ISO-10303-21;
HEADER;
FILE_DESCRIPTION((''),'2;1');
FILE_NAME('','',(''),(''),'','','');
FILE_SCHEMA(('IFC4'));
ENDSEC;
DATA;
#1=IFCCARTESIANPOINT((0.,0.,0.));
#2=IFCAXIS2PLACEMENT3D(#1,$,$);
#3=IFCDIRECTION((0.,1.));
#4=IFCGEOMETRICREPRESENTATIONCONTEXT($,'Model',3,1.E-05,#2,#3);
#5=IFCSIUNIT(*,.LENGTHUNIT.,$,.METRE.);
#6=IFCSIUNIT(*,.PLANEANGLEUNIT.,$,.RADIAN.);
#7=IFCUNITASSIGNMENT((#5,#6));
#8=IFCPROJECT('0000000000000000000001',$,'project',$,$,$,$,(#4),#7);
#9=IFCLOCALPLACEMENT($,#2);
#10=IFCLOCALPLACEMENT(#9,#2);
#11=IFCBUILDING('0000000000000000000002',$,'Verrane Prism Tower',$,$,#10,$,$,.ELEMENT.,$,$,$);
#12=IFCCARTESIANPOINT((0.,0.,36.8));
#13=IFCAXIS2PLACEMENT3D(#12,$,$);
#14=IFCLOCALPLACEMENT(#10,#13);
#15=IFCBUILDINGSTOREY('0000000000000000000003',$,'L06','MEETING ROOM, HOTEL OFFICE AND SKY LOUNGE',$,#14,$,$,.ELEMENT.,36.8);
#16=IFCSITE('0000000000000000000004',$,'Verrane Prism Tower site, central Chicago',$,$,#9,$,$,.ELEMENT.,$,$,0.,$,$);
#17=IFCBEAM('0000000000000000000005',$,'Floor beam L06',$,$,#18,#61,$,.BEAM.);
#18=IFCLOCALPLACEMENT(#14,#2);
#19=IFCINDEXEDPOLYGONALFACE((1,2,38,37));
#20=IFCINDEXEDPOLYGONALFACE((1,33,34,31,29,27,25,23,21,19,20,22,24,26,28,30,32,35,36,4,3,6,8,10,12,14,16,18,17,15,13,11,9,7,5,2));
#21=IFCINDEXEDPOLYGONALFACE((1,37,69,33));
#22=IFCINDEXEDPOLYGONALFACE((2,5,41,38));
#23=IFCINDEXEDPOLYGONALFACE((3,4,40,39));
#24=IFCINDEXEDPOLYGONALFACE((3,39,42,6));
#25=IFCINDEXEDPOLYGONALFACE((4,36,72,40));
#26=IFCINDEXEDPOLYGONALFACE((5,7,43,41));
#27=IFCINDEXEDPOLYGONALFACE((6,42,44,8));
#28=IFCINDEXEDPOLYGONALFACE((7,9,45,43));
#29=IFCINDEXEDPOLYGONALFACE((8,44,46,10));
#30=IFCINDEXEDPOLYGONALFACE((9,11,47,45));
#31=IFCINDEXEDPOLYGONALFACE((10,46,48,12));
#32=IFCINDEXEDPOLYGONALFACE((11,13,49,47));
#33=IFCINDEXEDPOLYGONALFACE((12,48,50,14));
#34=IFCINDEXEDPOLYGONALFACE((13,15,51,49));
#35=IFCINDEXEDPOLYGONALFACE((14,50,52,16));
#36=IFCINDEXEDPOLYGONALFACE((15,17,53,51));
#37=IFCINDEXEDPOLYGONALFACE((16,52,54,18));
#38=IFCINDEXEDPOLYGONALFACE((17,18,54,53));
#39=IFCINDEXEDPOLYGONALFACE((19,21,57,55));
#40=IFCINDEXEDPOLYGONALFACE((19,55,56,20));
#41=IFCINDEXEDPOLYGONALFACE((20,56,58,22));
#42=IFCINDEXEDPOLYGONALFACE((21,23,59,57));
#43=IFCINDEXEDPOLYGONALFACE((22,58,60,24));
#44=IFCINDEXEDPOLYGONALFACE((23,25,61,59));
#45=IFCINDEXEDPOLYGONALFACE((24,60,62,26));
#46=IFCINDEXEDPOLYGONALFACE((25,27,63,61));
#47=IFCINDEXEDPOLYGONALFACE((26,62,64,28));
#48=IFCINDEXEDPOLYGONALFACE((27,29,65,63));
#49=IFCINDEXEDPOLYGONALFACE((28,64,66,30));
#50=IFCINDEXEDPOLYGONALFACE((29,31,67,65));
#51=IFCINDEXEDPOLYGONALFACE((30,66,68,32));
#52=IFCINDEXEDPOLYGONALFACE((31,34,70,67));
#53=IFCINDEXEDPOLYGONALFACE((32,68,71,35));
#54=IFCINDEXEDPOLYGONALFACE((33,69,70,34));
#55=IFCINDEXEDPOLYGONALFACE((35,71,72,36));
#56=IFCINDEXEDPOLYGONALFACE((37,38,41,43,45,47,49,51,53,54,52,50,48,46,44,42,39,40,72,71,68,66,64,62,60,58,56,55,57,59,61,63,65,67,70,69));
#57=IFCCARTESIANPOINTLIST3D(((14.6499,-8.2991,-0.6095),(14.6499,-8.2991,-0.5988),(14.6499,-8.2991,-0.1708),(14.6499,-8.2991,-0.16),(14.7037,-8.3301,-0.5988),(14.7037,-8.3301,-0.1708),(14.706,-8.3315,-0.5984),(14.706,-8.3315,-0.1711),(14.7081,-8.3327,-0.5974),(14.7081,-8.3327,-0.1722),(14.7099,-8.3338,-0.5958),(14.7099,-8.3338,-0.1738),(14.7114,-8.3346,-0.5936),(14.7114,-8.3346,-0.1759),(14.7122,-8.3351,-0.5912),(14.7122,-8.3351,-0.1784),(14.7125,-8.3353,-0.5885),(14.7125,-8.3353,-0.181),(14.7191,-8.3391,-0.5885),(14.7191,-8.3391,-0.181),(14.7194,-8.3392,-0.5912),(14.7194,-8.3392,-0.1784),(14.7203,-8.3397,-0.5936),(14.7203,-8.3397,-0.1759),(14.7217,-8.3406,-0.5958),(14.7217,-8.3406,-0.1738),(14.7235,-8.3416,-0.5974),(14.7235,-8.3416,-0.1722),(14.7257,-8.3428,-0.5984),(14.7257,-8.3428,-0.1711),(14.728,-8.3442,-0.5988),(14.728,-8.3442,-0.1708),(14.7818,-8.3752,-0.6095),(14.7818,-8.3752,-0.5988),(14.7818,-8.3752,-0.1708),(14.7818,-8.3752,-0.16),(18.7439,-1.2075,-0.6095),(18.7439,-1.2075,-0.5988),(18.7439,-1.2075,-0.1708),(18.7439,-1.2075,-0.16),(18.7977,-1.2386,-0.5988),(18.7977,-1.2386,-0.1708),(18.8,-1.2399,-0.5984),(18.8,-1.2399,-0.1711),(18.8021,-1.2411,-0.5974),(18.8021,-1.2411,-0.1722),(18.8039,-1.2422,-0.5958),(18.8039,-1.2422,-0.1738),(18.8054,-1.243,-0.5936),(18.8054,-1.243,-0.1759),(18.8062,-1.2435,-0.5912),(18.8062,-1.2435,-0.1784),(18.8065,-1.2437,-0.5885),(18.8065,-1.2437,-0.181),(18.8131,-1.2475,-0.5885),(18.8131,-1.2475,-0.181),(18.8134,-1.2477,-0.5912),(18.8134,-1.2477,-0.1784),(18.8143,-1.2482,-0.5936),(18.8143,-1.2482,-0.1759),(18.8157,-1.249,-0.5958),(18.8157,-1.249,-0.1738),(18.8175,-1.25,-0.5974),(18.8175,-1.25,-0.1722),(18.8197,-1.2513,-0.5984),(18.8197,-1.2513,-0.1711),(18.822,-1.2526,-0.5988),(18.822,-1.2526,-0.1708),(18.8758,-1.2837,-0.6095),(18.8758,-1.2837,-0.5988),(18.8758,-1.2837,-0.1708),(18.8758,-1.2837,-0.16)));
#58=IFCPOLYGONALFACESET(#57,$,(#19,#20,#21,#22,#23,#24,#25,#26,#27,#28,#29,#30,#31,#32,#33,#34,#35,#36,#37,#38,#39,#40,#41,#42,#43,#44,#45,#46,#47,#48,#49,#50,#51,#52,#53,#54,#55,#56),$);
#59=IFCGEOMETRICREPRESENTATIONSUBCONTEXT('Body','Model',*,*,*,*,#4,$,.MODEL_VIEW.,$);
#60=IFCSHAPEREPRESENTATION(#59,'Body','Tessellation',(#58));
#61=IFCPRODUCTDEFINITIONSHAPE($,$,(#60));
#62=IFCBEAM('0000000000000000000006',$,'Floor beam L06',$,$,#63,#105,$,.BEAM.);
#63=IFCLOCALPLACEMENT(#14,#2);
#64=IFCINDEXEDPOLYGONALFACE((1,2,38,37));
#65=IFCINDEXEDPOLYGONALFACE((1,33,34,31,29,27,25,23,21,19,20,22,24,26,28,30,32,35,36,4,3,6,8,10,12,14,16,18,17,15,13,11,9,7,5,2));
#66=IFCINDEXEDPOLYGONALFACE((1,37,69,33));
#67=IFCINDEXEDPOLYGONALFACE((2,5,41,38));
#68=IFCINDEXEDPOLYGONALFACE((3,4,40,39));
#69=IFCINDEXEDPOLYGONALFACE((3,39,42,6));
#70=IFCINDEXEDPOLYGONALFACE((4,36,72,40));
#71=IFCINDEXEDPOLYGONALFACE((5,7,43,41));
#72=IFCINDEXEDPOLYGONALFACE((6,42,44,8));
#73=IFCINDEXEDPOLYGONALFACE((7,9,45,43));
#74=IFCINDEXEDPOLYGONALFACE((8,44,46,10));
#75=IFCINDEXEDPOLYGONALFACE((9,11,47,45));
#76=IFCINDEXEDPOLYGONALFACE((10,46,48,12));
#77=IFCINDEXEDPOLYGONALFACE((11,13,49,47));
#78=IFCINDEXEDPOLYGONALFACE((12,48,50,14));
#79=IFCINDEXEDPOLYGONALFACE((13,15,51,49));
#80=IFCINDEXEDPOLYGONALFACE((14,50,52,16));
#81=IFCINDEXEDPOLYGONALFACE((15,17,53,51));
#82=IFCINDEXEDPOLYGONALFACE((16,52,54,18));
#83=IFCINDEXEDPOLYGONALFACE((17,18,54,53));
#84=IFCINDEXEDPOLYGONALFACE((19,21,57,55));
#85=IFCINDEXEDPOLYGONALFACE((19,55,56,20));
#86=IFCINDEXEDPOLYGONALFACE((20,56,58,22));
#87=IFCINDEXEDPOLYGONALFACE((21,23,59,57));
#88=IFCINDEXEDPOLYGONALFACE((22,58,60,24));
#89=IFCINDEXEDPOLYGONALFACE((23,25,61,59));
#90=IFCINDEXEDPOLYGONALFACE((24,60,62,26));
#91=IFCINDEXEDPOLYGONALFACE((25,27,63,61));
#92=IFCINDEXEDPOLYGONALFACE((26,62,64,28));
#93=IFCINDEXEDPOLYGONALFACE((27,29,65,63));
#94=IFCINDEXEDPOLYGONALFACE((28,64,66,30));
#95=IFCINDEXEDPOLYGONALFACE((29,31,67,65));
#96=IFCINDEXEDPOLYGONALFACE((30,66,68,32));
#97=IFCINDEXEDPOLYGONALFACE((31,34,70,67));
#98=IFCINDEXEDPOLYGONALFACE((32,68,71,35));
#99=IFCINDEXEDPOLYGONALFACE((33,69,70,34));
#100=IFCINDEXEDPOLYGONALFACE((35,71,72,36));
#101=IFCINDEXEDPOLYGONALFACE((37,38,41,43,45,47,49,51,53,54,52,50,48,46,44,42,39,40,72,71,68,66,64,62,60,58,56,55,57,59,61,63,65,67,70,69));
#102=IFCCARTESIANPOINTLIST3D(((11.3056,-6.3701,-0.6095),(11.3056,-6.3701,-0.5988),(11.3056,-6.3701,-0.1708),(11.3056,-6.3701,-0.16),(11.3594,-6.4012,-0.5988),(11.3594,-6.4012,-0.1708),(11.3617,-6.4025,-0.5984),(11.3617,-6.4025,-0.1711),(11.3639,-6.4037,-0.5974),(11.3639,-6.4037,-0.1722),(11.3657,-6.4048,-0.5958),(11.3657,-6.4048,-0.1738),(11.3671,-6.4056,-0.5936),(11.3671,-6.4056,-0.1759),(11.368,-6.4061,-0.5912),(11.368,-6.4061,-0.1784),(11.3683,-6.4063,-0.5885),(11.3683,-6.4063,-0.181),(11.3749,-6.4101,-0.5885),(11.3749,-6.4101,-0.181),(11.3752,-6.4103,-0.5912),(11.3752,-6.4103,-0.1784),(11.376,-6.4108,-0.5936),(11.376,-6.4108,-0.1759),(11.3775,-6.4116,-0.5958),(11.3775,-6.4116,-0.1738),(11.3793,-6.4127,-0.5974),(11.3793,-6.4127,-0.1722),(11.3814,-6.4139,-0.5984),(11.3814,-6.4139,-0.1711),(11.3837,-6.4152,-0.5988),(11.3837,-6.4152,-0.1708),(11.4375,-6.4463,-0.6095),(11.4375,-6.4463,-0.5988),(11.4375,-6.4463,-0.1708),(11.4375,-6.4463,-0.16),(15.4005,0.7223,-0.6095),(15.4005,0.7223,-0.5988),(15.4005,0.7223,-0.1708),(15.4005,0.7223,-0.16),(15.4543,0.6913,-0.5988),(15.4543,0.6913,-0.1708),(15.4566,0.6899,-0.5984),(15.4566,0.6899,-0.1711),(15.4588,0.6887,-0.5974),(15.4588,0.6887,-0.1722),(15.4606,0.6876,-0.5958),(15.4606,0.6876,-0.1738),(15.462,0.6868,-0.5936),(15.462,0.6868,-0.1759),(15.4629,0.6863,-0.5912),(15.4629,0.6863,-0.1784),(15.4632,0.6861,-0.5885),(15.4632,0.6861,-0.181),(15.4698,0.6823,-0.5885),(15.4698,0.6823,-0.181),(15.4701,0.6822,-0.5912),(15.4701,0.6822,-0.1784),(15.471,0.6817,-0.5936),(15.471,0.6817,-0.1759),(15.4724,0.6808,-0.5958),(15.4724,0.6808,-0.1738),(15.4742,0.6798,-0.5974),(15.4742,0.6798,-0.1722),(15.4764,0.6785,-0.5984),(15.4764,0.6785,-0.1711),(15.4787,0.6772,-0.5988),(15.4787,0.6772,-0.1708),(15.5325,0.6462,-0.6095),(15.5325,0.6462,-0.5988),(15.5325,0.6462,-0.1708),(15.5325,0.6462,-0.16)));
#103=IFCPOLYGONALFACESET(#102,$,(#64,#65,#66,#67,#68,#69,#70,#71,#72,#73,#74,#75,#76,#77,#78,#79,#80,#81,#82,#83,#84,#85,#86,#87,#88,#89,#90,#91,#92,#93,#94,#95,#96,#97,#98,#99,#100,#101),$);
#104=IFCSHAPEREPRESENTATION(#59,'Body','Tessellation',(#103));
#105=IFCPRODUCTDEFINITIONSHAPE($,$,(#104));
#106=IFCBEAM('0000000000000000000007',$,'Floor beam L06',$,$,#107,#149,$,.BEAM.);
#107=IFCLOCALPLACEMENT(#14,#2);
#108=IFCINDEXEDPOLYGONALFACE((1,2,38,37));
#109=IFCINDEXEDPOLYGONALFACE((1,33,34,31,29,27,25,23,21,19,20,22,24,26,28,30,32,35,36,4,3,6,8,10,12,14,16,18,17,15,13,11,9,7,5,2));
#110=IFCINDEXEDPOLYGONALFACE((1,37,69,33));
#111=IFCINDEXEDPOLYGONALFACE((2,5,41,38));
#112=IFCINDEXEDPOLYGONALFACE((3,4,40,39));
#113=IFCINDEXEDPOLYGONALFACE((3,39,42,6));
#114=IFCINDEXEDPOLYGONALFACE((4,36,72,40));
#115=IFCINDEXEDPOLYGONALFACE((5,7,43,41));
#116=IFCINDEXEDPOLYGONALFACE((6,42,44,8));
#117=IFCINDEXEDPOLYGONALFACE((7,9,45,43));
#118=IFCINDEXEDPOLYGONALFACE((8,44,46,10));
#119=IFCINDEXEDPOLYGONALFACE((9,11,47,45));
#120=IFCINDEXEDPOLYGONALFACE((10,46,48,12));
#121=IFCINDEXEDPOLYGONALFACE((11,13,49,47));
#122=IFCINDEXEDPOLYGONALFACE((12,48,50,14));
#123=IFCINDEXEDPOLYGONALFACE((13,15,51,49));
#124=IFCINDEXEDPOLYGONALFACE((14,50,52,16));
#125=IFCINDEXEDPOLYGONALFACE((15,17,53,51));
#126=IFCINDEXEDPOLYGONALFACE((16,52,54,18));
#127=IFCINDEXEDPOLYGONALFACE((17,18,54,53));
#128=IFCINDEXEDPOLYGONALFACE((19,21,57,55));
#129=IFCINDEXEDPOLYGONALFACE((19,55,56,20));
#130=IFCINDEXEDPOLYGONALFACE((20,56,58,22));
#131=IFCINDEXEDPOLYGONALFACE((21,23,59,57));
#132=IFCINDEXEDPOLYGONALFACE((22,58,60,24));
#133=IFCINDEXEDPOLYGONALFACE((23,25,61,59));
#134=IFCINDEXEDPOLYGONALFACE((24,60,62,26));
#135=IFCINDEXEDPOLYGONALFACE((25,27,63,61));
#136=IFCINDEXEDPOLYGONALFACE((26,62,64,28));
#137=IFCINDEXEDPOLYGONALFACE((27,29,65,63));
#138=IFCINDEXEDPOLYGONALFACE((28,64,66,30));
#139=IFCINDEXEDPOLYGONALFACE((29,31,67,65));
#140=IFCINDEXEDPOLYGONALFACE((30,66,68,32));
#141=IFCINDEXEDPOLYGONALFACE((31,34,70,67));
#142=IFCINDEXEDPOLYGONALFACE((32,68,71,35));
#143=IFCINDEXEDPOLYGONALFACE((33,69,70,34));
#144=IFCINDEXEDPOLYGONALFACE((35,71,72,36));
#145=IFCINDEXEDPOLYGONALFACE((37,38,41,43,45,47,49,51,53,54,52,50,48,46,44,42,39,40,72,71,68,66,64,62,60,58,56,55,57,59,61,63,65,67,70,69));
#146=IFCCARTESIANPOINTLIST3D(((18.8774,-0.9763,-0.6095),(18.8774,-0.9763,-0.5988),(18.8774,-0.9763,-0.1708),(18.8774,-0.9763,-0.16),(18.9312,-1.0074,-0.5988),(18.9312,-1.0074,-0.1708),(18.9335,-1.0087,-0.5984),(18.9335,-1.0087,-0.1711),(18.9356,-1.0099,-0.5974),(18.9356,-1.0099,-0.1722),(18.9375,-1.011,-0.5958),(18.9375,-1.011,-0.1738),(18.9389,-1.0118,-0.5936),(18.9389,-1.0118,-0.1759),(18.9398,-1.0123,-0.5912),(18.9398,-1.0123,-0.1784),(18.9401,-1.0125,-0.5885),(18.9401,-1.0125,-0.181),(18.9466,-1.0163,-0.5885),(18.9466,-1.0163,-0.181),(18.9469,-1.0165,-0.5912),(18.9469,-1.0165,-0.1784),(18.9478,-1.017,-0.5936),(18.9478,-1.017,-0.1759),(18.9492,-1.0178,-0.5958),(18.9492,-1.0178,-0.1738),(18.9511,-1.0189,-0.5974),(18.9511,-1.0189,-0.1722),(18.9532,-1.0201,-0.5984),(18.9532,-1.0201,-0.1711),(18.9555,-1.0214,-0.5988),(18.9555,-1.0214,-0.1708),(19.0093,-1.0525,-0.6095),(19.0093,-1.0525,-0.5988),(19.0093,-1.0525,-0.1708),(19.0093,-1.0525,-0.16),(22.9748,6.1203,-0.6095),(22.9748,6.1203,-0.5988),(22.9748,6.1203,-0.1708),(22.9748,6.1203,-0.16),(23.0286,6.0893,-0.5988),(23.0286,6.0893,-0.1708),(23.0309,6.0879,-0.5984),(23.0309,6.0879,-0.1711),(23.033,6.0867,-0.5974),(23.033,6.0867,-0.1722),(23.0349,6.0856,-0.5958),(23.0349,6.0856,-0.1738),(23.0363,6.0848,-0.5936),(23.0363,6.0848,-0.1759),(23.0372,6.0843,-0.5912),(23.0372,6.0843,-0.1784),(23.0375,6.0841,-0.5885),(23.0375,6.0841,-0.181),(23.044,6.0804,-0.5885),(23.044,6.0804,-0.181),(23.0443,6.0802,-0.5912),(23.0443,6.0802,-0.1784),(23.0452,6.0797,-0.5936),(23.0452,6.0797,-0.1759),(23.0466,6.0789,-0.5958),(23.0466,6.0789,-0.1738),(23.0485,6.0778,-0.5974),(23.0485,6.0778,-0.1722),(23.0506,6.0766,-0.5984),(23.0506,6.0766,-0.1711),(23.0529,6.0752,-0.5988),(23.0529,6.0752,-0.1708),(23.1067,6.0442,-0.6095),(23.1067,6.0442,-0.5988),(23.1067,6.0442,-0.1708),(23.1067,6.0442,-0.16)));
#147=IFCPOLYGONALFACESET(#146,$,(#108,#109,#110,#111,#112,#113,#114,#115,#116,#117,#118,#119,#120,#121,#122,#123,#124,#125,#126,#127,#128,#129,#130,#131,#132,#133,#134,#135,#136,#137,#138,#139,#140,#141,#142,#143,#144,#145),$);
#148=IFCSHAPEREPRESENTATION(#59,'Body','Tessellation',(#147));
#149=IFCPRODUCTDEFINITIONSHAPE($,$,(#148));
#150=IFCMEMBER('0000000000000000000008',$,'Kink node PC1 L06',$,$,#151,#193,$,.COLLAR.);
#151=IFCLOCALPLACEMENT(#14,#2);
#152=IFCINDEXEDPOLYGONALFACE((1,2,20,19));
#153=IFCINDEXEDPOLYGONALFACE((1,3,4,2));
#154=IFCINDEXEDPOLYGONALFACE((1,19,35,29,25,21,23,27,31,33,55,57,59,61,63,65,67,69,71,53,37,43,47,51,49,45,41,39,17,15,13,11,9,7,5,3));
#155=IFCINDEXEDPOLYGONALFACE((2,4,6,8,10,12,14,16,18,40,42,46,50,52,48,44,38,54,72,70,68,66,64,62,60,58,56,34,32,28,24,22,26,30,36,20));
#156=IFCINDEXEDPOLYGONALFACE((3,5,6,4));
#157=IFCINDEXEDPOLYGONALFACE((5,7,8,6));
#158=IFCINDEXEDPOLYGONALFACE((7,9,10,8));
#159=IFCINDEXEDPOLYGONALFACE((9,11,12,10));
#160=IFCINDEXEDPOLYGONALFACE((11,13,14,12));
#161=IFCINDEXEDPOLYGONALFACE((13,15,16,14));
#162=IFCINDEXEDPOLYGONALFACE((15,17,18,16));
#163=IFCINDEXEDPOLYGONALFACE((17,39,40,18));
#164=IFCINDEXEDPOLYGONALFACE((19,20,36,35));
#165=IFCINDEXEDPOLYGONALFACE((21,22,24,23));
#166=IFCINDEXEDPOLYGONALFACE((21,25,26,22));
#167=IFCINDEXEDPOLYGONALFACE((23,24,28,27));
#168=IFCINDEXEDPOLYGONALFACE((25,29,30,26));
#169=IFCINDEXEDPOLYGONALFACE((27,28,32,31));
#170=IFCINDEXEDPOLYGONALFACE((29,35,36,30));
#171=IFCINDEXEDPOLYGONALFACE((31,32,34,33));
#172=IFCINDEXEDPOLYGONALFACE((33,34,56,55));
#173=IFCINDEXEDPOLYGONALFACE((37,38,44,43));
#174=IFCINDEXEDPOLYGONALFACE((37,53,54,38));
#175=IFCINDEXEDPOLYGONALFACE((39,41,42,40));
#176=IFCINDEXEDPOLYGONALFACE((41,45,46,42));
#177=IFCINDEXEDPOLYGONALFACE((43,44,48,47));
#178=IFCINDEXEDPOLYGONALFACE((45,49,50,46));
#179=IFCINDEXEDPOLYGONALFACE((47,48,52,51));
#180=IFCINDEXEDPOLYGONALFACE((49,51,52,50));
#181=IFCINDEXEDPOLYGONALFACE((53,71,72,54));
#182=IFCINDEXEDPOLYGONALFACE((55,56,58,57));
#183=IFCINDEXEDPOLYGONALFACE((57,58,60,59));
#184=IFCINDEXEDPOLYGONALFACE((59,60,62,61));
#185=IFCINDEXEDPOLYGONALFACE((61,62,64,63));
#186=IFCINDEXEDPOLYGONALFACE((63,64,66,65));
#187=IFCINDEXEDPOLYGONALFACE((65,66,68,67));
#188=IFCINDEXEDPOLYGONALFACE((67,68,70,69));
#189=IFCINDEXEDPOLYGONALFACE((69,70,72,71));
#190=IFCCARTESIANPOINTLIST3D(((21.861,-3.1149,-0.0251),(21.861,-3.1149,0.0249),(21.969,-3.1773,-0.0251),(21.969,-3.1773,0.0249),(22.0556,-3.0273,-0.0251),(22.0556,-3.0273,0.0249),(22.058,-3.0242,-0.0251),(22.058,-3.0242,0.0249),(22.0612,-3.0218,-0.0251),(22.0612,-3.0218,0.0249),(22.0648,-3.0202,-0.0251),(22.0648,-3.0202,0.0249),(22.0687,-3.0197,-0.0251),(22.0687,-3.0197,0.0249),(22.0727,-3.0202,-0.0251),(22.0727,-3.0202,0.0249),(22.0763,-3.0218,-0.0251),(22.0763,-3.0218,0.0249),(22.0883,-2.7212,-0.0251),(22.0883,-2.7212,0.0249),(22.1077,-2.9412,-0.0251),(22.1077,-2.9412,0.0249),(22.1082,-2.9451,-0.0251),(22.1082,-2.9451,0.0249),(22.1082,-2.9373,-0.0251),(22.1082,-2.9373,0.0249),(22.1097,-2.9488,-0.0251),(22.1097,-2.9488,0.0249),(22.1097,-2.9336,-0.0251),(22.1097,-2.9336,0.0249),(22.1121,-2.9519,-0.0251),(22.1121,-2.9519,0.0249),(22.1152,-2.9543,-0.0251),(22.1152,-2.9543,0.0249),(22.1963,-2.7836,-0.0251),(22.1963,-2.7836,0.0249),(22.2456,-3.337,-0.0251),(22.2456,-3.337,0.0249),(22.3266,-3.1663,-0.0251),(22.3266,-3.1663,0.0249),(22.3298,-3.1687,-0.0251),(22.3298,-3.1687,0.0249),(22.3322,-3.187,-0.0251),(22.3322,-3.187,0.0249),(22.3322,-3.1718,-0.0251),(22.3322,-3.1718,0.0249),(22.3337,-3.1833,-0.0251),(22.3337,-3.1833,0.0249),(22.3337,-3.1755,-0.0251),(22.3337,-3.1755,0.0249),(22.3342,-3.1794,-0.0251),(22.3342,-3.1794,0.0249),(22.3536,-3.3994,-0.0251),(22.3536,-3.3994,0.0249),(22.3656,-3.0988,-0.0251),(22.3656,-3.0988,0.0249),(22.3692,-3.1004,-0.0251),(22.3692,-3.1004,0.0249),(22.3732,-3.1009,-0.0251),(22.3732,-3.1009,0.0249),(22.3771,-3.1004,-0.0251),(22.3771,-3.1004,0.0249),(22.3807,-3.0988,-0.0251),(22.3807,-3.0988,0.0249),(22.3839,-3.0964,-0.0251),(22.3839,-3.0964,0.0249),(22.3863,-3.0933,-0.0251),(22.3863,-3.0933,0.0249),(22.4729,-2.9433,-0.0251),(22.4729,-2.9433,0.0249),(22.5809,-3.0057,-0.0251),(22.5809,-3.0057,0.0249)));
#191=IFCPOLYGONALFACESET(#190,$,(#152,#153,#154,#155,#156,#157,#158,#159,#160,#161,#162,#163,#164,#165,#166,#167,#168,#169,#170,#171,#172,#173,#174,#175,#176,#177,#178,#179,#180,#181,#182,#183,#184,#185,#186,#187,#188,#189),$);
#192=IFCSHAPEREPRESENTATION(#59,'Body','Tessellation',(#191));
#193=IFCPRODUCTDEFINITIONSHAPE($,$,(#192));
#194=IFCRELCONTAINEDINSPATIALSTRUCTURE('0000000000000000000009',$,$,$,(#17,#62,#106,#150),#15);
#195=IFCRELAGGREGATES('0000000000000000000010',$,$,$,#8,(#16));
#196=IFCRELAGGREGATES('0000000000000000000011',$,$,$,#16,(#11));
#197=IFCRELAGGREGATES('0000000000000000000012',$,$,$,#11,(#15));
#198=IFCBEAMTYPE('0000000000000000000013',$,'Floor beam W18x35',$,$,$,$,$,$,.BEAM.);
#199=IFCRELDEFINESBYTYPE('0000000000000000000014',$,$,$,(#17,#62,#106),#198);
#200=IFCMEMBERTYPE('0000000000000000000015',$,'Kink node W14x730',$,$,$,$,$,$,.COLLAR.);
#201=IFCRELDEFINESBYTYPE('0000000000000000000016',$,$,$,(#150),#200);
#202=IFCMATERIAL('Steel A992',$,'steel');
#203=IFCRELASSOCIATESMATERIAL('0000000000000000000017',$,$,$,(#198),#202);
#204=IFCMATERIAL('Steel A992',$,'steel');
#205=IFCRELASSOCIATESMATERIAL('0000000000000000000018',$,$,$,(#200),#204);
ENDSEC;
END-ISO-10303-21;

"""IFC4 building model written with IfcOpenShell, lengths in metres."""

from ifc_helpers import new_model, si_unit, direction, frame, origin, origin_2d, place, context, subcontext, project, spatial, i_section, extrude, material, material_profile, profile_set, type_object, element, save


model = new_model("IFC4")

# Units and contexts
model_context = context("Model", 3, precision=1e-05, world=origin(), true_north=direction((0.0, 1.0)))
body_context = subcontext(model_context, "Body", "Model", "MODEL_VIEW")
ifc_project = project(units=[si_unit("LENGTHUNIT", "METRE"), si_unit("PLANEANGLEUNIT", "RADIAN")], contexts=[model_context])

# Site, building, storey
site_placement = place(None, origin())
site = spatial("IfcSite", under=ifc_project, at=site_placement, Name="Verrane Prism Tower site, central Chicago", CompositionType="ELEMENT", RefElevation=0.0)
building_placement = place(site_placement, origin())
building = spatial("IfcBuilding", under=site, at=building_placement, Name="Verrane Prism Tower", CompositionType="ELEMENT")
storey_placement = place(building_placement, frame((0.0, 0.0, 36.8)))
storey = spatial("IfcBuildingStorey", under=building, at=storey_placement, Name="L06", Description="MEETING ROOM, HOTEL OFFICE AND SKY LOUNGE", CompositionType="ELEMENT", Elevation=36.8)

# Beams
ifc_material_1 = material(Name="Steel A992", Category="steel")
ifc_material_profile_1 = material_profile(ifc_material_1, i_section(OverallWidth=0.1523, OverallDepth=0.4495, WebThickness=0.0076, FlangeThickness=0.0107, FilletRadius=0.0103, at=origin_2d()), Name="W18x35")
ifc_profile_set_1 = profile_set([ifc_material_profile_1], Name="Steel A992")
beam_type_1 = type_object("IfcBeamType", Name="Floor beam W18x35", PredefinedType="BEAM", material=ifc_profile_set_1)
beam_1_placement = place(storey_placement, frame((14.7158, -8.3372, -0.3848), z_axis=(0.499971, 0.866042, 0.0), x_axis=(-0.866042, 0.499971, 0.0)))
element("IfcBeam", 1, at=beam_1_placement, inside=storey, type_object=beam_type_1, Name="Floor beam L06", PredefinedType="BEAM", context=body_context, shape_type="SweptSolid", body=[
    extrude(i_section(OverallWidth=0.1523, OverallDepth=0.4495, WebThickness=0.0076, FlangeThickness=0.0107, FilletRadius=0.0103, at=origin_2d()), origin(), (0.0, 0.0, 1.0), 8.1885),
])
beam_2_placement = place(storey_placement, frame((11.3716, -6.4082, -0.3848), z_axis=(0.500009, 0.86602, 0.0), x_axis=(-0.86602, 0.500009, 0.0)))
element("IfcBeam", 2, at=beam_2_placement, inside=storey, type_object=beam_type_1, Name="Floor beam L06", PredefinedType="BEAM", context=body_context, shape_type="SweptSolid", body=[
    extrude(i_section(OverallWidth=0.1523, OverallDepth=0.4495, WebThickness=0.0076, FlangeThickness=0.0107, FilletRadius=0.0103, at=origin_2d()), origin(), (0.0, 0.0, 1.0), 8.1897),
])
beam_3_placement = place(storey_placement, frame((18.9434, -1.0144, -0.3848), z_axis=(0.500013, 0.866018, 0.0), x_axis=(-0.866018, 0.500013, 0.0)))
element("IfcBeam", 3, at=beam_3_placement, inside=storey, type_object=beam_type_1, Name="Floor beam L06", PredefinedType="BEAM", context=body_context, shape_type="SweptSolid", body=[
    extrude(i_section(OverallWidth=0.1523, OverallDepth=0.4495, WebThickness=0.0076, FlangeThickness=0.0107, FilletRadius=0.0103, at=origin_2d()), origin(), (0.0, 0.0, 1.0), 8.1946),
])

# Member
ifc_material_2 = material(Name="Steel A992", Category="steel")
ifc_material_profile_2 = material_profile(ifc_material_2, i_section(OverallWidth=0.4546, OverallDepth=0.5688, WebThickness=0.0779, FlangeThickness=0.1248, FilletRadius=0.0151, at=origin_2d()), Name="W14x730")
ifc_profile_set_2 = profile_set([ifc_material_profile_2], Name="Steel A992")
member_type_1 = type_object("IfcMemberType", Name="Kink node W14x730", PredefinedType="COLLAR", material=ifc_profile_set_2)
member_1_placement = place(storey_placement, frame((22.2209, -3.0603, -0.0251), z_axis=(0.0, 0.0, 1.0), x_axis=(-0.5, -0.866025, 0.0)))
element("IfcMember", 4, at=member_1_placement, inside=storey, type_object=member_type_1, Name="Kink node PC1 L06", PredefinedType="COLLAR", context=body_context, shape_type="SweptSolid", body=[
    extrude(i_section(OverallWidth=0.4546, OverallDepth=0.5688, WebThickness=0.0779, FlangeThickness=0.1248, FilletRadius=0.0151, at=origin_2d()), origin(), (0.0, 0.0, 1.0), 0.05),
])

save(model, "model.ifc")
